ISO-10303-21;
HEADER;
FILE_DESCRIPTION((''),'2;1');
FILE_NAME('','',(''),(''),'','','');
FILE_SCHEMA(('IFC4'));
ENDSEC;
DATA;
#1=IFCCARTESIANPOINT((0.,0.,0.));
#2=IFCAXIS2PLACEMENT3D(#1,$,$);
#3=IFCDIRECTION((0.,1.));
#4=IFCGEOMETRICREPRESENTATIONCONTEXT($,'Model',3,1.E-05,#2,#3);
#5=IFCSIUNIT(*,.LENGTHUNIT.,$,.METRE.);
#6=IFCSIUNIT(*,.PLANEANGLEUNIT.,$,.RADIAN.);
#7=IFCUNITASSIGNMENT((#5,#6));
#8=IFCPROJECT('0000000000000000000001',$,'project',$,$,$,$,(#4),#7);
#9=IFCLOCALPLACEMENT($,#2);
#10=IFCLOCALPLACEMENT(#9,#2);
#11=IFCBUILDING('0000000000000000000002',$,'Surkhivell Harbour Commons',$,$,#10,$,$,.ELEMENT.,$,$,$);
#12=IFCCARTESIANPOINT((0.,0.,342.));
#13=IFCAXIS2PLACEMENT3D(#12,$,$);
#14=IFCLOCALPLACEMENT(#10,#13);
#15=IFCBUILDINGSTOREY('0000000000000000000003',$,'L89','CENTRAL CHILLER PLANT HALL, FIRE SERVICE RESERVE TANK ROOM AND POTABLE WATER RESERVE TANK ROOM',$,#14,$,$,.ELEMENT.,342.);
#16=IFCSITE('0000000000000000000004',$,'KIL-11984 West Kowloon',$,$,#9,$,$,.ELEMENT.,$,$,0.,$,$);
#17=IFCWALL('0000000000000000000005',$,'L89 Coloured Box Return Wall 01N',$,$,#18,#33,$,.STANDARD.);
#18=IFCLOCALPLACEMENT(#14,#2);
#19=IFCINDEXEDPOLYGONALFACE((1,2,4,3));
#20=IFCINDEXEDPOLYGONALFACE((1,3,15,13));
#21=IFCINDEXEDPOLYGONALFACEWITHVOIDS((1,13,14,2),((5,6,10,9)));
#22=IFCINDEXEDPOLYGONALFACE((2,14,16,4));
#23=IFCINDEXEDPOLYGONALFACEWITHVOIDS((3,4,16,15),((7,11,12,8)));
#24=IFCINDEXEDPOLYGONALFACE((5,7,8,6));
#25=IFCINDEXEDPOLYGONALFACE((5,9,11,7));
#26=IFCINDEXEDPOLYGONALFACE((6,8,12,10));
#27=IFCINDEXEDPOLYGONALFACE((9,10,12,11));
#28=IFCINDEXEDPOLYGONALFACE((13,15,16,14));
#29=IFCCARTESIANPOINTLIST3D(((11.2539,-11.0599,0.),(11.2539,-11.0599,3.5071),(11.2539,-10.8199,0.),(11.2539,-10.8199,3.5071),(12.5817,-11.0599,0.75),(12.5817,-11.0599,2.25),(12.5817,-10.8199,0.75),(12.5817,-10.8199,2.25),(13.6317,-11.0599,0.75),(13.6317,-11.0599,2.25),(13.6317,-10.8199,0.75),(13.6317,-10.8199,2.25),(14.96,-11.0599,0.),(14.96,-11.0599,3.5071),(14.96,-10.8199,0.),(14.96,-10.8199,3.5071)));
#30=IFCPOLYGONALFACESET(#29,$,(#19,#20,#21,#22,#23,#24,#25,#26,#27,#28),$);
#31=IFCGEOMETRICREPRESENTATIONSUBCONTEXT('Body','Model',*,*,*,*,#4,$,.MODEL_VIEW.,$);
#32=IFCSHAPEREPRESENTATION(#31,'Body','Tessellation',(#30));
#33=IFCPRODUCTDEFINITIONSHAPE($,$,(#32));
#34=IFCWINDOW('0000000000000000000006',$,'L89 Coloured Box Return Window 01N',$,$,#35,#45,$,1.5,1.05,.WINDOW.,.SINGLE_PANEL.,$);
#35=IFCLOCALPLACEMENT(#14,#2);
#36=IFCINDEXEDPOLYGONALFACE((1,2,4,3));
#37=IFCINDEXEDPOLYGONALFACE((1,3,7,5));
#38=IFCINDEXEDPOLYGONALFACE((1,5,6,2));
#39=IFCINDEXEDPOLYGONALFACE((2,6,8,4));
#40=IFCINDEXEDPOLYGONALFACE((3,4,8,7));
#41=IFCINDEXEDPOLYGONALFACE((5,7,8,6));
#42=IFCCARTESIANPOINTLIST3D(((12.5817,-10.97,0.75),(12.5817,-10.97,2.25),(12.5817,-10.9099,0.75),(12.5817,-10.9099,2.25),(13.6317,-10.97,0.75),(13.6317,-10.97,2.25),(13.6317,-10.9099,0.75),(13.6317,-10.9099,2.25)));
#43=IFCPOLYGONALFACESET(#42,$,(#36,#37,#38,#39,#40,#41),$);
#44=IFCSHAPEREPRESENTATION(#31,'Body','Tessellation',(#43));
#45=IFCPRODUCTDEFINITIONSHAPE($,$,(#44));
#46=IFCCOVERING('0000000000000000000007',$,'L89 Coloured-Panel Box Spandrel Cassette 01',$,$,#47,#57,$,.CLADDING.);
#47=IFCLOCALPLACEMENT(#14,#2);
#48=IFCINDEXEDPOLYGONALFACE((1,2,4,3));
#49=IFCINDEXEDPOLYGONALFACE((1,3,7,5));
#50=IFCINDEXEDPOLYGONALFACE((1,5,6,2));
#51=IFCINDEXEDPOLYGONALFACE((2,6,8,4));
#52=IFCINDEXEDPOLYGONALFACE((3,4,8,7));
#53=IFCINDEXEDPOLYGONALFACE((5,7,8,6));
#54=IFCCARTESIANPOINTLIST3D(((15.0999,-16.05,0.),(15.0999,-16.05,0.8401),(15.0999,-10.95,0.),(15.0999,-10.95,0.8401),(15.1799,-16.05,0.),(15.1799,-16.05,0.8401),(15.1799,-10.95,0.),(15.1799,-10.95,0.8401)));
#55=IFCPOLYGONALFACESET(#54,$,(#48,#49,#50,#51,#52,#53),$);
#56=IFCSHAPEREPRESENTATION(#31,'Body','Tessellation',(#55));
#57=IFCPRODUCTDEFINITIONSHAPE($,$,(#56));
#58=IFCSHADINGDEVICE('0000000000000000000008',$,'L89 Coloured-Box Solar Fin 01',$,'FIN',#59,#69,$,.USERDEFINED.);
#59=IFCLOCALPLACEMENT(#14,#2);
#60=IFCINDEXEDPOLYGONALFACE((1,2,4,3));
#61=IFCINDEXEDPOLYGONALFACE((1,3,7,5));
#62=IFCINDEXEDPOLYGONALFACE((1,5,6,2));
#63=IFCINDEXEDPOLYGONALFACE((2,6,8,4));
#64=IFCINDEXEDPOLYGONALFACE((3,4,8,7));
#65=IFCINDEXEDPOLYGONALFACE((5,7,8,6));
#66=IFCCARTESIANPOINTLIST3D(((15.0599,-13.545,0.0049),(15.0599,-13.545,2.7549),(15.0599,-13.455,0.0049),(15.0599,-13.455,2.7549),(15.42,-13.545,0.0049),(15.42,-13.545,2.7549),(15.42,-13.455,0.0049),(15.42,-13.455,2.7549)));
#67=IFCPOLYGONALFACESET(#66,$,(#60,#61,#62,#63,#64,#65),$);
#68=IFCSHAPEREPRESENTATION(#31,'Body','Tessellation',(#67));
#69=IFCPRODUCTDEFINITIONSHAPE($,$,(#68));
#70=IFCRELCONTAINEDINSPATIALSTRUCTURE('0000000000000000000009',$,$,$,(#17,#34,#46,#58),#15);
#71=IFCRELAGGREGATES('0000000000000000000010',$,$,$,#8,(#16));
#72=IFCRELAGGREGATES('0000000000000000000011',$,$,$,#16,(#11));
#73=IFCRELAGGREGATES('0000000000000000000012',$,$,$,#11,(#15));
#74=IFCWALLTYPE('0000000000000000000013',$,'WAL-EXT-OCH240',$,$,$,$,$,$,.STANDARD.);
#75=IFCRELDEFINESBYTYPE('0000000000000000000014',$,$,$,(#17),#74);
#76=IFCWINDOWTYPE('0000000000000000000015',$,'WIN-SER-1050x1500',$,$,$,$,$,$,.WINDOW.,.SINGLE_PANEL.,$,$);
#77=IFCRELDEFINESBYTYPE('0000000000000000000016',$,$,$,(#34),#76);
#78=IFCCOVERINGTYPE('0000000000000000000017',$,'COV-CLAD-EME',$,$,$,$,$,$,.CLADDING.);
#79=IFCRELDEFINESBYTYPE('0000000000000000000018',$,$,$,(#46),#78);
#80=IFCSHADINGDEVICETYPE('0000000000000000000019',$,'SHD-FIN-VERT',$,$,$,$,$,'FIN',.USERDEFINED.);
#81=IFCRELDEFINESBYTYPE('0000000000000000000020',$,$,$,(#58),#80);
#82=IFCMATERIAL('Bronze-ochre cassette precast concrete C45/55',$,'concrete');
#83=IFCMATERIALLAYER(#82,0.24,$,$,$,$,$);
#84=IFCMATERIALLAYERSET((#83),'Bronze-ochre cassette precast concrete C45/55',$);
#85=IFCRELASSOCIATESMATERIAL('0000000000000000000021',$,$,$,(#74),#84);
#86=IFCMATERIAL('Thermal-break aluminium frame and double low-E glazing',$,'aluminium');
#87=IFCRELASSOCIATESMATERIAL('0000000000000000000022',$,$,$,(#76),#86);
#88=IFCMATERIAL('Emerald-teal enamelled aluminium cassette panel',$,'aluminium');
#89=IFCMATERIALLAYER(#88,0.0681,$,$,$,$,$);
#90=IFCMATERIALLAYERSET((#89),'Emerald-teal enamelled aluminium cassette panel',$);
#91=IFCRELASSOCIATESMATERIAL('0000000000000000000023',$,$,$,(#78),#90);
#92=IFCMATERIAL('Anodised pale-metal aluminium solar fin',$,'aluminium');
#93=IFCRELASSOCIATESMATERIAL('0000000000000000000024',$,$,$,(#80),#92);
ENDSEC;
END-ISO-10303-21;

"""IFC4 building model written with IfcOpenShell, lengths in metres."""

from ifc_helpers import new_model, si_unit, direction, frame, frame_2d, origin, origin_2d, place, context, subcontext, project, spatial, rectangle, extrude, material, layer, layer_set, type_object, element, fill, save


model = new_model("IFC4")

# Units and contexts
model_context = context("Model", 3, precision=1e-05, world=origin(), true_north=direction((0.0, 1.0)))
body_context = subcontext(model_context, "Body", "Model", "MODEL_VIEW")
ifc_project = project(units=[si_unit("LENGTHUNIT", "METRE"), si_unit("PLANEANGLEUNIT", "RADIAN")], contexts=[model_context])

# Site, building, storey
site_placement = place(None, origin())
site = spatial("IfcSite", under=ifc_project, at=site_placement, Name="KIL-11984 West Kowloon", CompositionType="ELEMENT", RefElevation=0.0)
building_placement = place(site_placement, origin())
building = spatial("IfcBuilding", under=site, at=building_placement, Name="Surkhivell Harbour Commons", CompositionType="ELEMENT")
storey_placement = place(building_placement, frame((0.0, 0.0, 342.0)))
storey = spatial("IfcBuildingStorey", under=building, at=storey_placement, Name="L89", Description="CENTRAL CHILLER PLANT HALL, FIRE SERVICE RESERVE TANK ROOM AND POTABLE WATER RESERVE TANK ROOM", CompositionType="ELEMENT", Elevation=342.0)

# Wall, opening, window
ifc_material_1 = material(Name="Bronze-ochre cassette precast concrete C45/55", Category="concrete")
ifc_layer_1 = layer(ifc_material_1, 0.24)
ifc_layer_set_1 = layer_set([ifc_layer_1], Name="Bronze-ochre cassette precast concrete C45/55")
wall_type_1 = type_object("IfcWallType", Name="WAL-EXT-OCH240", PredefinedType="STANDARD", material=ifc_layer_set_1)
ifc_material_2 = material(Name="Thermal-break aluminium frame and double low-E glazing", Category="aluminium")
window_type_1 = type_object("IfcWindowType", Name="WIN-SER-1050x1500", PartitioningType="SINGLE_PANEL", PredefinedType="WINDOW", material=ifc_material_2)
wall_1_placement = place(storey_placement, frame((11.2539, -10.9399, 0.0), z_axis=(0.0, 0.0, 1.0), x_axis=(1.0, 0.0, 0.0)))
wall_1 = element("IfcWall", 1, at=wall_1_placement, inside=storey, type_object=wall_type_1, Name="L89 Coloured Box Return Wall 01N", PredefinedType="STANDARD", context=body_context, shape_type="SweptSolid", body=[
    extrude(rectangle(XDim=3.7061, YDim=0.24, at=frame_2d((1.853, 0.0))), origin(), (0.0, 0.0, 1.0), 3.5071),
])
opening_1_placement = place(wall_1_placement, frame((1.3279, 0.0, 0.75)))
opening_1 = element("IfcOpeningElement", 2, at=opening_1_placement, cuts=wall_1, PredefinedType="OPENING", context=body_context, shape_type="SweptSolid", body=[
    extrude(rectangle(XDim=1.05, YDim=1.5, at=frame_2d((0.5249, 0.75))), frame((0.0, 0.1299, 0.0), z_axis=(0.0, -1.0, 0.0), x_axis=(1.0, 0.0, 0.0)), (0.0, 0.0, 1.0), 0.26),
])
window_1_placement = place(opening_1_placement, origin())
window_1 = element("IfcWindow", 3, at=window_1_placement, inside=storey, type_object=window_type_1, Name="L89 Coloured Box Return Window 01N", OverallHeight=1.5, OverallWidth=1.05, PartitioningType="SINGLE_PANEL", PredefinedType="WINDOW", context=body_context, shape_type="SweptSolid", body=[
    extrude(rectangle(XDim=1.05, YDim=1.5, at=frame_2d((0.5249, 0.75))), frame((0.0, 0.03, 0.0), z_axis=(0.0, -1.0, 0.0), x_axis=(1.0, 0.0, 0.0)), (0.0, 0.0, 1.0), 0.0601),
])
fill(opening_1, window_1)

# Covering
ifc_material_3 = material(Name="Emerald-teal enamelled aluminium cassette panel", Category="aluminium")
ifc_layer_2 = layer(ifc_material_3, 0.0681)
ifc_layer_set_2 = layer_set([ifc_layer_2], Name="Emerald-teal enamelled aluminium cassette panel")
covering_type = type_object("IfcCoveringType", Name="COV-CLAD-EME", PredefinedType="CLADDING", material=ifc_layer_set_2)
covering_placement = place(storey_placement, frame((15.1399, -13.5, 0.0), z_axis=(0.0, 0.0, 1.0), x_axis=(1.0, 0.0, 0.0)))
element("IfcCovering", 4, at=covering_placement, inside=storey, type_object=covering_type, Name="L89 Coloured-Panel Box Spandrel Cassette 01", PredefinedType="CLADDING", context=body_context, shape_type="SweptSolid", body=[
    extrude(rectangle(XDim=0.0801, YDim=5.1001, at=origin_2d()), origin(), (0.0, 0.0, 1.0), 0.8401),
])

# Shading device
ifc_material_4 = material(Name="Anodised pale-metal aluminium solar fin", Category="aluminium")
shading_device_type = type_object("IfcShadingDeviceType", Name="SHD-FIN-VERT", ElementType="FIN", PredefinedType="USERDEFINED", material=ifc_material_4)
shading_device_placement = place(storey_placement, frame((15.24, -13.5, 0.0049), z_axis=(0.0, 0.0, 1.0), x_axis=(1.0, 0.0, 0.0)))
element("IfcShadingDevice", 5, at=shading_device_placement, inside=storey, type_object=shading_device_type, Name="L89 Coloured-Box Solar Fin 01", ObjectType="FIN", PredefinedType="USERDEFINED", context=body_context, shape_type="SweptSolid", body=[
    extrude(rectangle(XDim=0.3601, YDim=0.0901, at=origin_2d()), origin(), (0.0, 0.0, 1.0), 2.75),
])

save(model, "model.ifc")
